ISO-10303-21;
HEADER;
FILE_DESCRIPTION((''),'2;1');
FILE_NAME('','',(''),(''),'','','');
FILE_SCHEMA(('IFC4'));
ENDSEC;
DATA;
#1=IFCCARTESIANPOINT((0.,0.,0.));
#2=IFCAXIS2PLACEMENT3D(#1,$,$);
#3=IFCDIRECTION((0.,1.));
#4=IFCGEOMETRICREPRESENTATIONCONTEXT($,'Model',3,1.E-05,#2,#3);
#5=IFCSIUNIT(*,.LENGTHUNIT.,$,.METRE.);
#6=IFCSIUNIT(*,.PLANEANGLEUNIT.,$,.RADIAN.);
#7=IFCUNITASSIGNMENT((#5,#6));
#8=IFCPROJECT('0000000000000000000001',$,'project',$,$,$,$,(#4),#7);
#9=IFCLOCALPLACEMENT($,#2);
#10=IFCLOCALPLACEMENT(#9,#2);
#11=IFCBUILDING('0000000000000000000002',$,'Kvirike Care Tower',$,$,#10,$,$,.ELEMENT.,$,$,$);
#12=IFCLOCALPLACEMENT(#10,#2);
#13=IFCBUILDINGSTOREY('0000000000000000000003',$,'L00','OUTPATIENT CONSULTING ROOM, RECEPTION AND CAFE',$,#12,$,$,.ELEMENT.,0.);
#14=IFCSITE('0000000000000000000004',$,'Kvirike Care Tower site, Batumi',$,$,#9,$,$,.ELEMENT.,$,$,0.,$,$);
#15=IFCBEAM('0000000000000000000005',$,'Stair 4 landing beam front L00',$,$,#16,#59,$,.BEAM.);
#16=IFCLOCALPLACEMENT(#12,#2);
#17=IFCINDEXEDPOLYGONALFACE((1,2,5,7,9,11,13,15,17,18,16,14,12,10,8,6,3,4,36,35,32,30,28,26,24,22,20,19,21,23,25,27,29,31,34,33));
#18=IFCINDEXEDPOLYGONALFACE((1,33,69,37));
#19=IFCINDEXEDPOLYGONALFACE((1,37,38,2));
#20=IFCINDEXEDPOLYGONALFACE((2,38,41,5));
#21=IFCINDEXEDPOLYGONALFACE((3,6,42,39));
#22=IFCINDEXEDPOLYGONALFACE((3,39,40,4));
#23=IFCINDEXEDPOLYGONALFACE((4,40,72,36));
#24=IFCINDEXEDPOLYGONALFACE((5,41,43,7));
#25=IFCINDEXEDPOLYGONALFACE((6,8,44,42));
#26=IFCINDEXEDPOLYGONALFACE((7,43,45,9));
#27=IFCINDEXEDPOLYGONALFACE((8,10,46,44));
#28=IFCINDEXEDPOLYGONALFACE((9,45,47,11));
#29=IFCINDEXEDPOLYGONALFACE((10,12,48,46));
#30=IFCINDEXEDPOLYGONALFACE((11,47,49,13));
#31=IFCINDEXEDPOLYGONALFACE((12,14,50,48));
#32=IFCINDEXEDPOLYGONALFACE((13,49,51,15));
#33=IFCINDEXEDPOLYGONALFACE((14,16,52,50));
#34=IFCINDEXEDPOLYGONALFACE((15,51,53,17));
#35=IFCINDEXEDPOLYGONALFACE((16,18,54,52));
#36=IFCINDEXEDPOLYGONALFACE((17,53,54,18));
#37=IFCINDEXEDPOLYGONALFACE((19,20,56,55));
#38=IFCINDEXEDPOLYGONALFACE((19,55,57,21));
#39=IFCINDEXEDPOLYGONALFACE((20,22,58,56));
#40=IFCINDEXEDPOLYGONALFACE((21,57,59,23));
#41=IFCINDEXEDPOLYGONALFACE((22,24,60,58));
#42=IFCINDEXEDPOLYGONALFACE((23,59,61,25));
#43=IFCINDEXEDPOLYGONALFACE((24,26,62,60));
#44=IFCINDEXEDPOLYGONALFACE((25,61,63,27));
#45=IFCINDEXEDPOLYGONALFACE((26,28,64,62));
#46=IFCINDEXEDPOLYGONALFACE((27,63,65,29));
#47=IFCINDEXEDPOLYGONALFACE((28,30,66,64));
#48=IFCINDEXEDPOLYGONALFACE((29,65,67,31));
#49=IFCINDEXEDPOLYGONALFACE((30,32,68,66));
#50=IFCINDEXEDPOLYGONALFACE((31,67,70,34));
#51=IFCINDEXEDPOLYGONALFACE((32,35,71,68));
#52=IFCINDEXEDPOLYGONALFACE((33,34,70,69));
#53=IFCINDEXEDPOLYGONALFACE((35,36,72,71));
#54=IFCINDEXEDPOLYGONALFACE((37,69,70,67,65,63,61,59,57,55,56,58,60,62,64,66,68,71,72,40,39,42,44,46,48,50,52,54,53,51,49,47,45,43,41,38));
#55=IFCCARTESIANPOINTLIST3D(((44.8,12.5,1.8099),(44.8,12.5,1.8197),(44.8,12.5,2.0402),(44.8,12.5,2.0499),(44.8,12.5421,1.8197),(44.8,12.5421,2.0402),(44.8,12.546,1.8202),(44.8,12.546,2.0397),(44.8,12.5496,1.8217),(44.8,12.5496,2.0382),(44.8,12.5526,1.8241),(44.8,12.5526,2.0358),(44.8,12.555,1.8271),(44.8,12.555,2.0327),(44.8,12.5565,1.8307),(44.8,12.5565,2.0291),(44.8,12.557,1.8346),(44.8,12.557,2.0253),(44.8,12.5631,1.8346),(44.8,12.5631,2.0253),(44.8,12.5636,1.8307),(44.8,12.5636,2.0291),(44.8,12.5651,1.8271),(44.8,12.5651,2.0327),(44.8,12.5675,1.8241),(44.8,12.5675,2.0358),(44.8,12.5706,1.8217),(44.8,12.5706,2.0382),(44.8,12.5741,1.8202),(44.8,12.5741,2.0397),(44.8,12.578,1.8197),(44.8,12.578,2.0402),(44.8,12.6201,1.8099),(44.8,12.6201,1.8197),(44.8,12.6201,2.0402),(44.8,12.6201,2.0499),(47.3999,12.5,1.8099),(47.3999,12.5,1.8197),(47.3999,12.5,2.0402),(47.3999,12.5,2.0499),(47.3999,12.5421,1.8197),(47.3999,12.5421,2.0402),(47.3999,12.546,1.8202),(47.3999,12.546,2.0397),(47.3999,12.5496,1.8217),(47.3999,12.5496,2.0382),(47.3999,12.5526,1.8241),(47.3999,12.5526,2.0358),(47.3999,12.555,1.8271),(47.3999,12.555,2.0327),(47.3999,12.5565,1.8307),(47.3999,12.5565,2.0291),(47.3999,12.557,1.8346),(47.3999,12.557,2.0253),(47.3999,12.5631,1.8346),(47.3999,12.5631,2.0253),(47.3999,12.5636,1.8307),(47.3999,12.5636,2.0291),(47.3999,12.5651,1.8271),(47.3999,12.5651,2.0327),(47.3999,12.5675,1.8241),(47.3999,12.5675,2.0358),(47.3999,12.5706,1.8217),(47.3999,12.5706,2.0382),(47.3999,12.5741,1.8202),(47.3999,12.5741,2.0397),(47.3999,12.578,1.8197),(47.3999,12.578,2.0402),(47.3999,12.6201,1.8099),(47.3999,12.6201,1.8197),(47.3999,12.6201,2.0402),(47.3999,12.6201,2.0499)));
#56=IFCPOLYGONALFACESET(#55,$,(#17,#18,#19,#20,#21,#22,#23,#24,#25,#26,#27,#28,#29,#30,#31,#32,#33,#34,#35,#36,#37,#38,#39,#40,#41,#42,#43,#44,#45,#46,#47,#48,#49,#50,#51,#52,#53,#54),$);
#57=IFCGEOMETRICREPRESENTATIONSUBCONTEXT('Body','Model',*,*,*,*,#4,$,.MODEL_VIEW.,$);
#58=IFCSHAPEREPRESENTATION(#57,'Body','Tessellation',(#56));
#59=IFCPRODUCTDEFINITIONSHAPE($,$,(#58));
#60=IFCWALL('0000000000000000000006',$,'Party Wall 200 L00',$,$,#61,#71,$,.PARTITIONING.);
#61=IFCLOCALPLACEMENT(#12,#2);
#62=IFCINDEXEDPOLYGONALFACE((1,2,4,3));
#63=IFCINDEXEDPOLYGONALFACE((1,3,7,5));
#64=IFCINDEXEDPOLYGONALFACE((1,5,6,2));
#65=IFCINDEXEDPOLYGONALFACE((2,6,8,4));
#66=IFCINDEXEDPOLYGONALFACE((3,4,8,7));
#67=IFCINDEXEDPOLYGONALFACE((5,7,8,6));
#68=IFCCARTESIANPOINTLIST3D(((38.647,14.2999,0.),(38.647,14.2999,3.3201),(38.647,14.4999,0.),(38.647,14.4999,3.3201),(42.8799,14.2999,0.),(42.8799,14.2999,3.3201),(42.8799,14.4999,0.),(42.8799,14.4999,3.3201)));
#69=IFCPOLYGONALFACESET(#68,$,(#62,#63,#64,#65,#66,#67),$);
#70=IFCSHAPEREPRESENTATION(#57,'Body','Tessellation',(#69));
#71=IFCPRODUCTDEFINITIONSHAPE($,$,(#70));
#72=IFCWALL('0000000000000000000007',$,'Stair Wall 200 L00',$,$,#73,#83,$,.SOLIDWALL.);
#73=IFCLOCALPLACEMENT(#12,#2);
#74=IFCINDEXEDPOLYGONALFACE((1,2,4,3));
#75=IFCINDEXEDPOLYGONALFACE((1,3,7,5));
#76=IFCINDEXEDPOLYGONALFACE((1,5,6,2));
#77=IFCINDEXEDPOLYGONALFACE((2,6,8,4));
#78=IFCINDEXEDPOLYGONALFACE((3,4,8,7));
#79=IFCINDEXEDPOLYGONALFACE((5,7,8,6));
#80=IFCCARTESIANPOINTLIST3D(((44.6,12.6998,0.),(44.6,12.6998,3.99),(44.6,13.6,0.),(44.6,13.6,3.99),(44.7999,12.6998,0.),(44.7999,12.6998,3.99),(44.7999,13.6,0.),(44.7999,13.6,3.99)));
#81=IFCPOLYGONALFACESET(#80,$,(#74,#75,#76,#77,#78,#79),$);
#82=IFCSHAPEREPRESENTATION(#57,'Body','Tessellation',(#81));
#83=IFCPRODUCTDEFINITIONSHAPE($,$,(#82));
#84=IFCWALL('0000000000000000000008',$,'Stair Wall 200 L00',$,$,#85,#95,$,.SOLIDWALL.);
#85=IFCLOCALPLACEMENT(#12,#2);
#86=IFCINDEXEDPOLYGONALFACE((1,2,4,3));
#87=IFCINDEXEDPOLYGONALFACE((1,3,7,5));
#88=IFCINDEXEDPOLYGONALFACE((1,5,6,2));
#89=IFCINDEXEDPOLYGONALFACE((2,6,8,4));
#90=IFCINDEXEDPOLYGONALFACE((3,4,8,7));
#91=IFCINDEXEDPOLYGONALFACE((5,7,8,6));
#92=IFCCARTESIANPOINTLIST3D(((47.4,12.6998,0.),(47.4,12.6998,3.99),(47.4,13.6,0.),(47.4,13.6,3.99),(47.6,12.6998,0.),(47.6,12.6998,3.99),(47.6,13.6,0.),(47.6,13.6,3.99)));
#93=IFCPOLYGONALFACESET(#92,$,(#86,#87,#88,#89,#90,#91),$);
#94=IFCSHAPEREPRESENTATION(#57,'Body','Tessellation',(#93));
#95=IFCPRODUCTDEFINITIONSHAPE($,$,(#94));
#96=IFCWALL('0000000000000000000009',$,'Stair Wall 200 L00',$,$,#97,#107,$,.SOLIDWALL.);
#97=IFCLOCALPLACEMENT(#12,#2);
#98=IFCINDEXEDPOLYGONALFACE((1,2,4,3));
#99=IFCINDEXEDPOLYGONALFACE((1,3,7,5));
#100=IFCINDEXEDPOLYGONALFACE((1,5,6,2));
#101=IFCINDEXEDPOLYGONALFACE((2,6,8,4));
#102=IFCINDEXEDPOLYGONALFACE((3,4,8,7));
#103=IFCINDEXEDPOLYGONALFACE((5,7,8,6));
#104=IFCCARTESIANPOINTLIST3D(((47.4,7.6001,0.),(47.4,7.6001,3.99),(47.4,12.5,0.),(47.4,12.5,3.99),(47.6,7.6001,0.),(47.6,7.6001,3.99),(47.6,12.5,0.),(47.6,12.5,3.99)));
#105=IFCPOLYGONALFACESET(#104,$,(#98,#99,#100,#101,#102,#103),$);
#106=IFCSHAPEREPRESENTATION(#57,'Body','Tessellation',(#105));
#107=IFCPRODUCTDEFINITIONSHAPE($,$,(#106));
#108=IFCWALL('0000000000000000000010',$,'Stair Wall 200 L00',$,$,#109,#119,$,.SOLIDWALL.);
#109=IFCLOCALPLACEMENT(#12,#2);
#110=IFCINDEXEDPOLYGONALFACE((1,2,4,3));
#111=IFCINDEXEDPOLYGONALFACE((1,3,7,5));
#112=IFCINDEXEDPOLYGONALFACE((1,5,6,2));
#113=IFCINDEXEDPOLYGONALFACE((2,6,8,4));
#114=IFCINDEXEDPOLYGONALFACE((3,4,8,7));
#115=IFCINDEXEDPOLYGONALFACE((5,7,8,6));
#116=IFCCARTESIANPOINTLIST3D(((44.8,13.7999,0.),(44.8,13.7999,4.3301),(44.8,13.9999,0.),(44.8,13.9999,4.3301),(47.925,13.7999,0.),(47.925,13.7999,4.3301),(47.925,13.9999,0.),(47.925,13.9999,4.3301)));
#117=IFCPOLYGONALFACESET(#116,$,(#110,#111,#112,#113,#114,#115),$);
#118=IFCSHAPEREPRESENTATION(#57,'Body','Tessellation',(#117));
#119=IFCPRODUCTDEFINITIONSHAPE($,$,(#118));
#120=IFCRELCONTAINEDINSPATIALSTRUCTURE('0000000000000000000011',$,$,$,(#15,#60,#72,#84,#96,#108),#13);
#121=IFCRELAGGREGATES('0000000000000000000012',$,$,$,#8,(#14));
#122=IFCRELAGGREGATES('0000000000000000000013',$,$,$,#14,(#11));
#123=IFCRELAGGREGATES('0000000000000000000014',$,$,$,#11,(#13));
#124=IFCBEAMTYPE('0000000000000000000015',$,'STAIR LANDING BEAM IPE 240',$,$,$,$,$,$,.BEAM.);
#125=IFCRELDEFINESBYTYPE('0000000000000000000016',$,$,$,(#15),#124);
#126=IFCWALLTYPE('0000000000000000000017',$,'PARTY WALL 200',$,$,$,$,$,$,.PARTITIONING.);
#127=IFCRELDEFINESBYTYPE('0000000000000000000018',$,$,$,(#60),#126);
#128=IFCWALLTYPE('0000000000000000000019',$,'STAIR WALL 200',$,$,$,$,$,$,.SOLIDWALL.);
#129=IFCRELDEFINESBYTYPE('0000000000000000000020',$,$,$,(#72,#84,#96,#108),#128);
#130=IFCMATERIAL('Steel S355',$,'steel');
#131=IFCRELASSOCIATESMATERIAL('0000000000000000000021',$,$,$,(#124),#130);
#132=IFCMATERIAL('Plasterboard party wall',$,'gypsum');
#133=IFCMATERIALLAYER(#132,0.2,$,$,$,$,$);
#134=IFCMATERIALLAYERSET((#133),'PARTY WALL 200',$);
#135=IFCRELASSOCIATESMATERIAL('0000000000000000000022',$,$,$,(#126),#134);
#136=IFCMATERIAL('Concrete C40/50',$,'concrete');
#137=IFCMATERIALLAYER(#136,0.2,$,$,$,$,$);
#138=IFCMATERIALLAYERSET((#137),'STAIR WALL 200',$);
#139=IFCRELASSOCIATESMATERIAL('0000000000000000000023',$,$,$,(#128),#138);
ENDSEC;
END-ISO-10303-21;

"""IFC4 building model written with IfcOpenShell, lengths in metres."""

from ifc_helpers import new_model, si_unit, direction, frame, frame_2d, origin, origin_2d, place, context, subcontext, project, spatial, rectangle, i_section, extrude, material, layer, layer_set, material_profile, profile_set, type_object, element, save


model = new_model("IFC4")

# Units and contexts
model_context = context("Model", 3, precision=1e-05, world=origin(), true_north=direction((0.0, 1.0)))
body_context = subcontext(model_context, "Body", "Model", "MODEL_VIEW")
ifc_project = project(units=[si_unit("LENGTHUNIT", "METRE"), si_unit("PLANEANGLEUNIT", "RADIAN")], contexts=[model_context])

# Site, building, storey
site_placement = place(None, origin())
site = spatial("IfcSite", under=ifc_project, at=site_placement, Name="Kvirike Care Tower site, Batumi", CompositionType="ELEMENT", RefElevation=0.0)
building_placement = place(site_placement, origin())
building = spatial("IfcBuilding", under=site, at=building_placement, Name="Kvirike Care Tower", CompositionType="ELEMENT")
storey_placement = place(building_placement, origin())
storey = spatial("IfcBuildingStorey", under=building, at=storey_placement, Name="L00", Description="OUTPATIENT CONSULTING ROOM, RECEPTION AND CAFE", CompositionType="ELEMENT", Elevation=0.0)

# Beam
ifc_material_1 = material(Name="Steel S355", Category="steel")
ifc_material_profile_1 = material_profile(ifc_material_1, i_section(OverallWidth=0.1201, OverallDepth=0.24, WebThickness=0.0061, FlangeThickness=0.0098, FilletRadius=0.0149, at=origin_2d()), Name="IPE 240")
ifc_profile_set_1 = profile_set([ifc_material_profile_1], Name="Steel S355")
beam_type = type_object("IfcBeamType", Name="STAIR LANDING BEAM IPE 240", PredefinedType="BEAM", material=ifc_profile_set_1)
for number, where, z_axis, x_axis, name in (
    (1, (44.8, 12.5601, 1.9299), (1.0, 0.0, 0.0), (0.0, 1.0, 0.0), "Stair 4 landing beam front L00"),
):
    element("IfcBeam", number, at=place(storey_placement, frame(where, z_axis=z_axis, x_axis=x_axis)), inside=storey, type_object=beam_type, Name=name, PredefinedType="BEAM", context=body_context, shape_type="SweptSolid", body=[
        extrude(i_section(OverallWidth=0.1201, OverallDepth=0.24, WebThickness=0.0061, FlangeThickness=0.0098, FilletRadius=0.0149, at=origin_2d()), origin(), (0.0, 0.0, 1.0), 2.5999),
    ])

# Walls
ifc_material_2 = material(Name="Plasterboard party wall", Category="gypsum")
ifc_layer_1 = layer(ifc_material_2, 0.2)
ifc_layer_set_1 = layer_set([ifc_layer_1], Name="PARTY WALL 200")
wall_type_1 = type_object("IfcWallType", Name="PARTY WALL 200", PredefinedType="PARTITIONING", material=ifc_layer_set_1)
wall_1_placement = place(storey_placement, frame((38.647, 14.3999, 0.0), z_axis=(0.0, 0.0, 1.0), x_axis=(1.0, 0.0, 0.0)))
element("IfcWall", 2, at=wall_1_placement, inside=storey, type_object=wall_type_1, Name="Party Wall 200 L00", PredefinedType="PARTITIONING", context=body_context, shape_type="SweptSolid", body=[
    extrude(rectangle(XDim=4.2329, YDim=0.2, at=frame_2d((2.1165, 0.0))), origin(), (0.0, 0.0, 1.0), 3.3201),
])
ifc_material_3 = material(Name="Concrete C40/50", Category="concrete")
ifc_layer_2 = layer(ifc_material_3, 0.2)
ifc_layer_set_2 = layer_set([ifc_layer_2], Name="STAIR WALL 200")
wall_type_2 = type_object("IfcWallType", Name="STAIR WALL 200", PredefinedType="SOLIDWALL", material=ifc_layer_set_2)
for number, where, z_axis, x_axis, name in (
    (3, (44.7, 13.6001, 0.0), (0.0, 0.0, 1.0), (0.0, -1.0, 0.0), "Stair Wall 200 L00"),
    (4, (47.5, 13.6001, 0.0), (0.0, 0.0, 1.0), (0.0, -1.0, 0.0), "Stair Wall 200 L00"),
):
    element("IfcWall", number, at=place(storey_placement, frame(where, z_axis=z_axis, x_axis=x_axis)), inside=storey, type_object=wall_type_2, Name=name, PredefinedType="SOLIDWALL", context=body_context, shape_type="SweptSolid", body=[
        extrude(rectangle(XDim=0.9001, YDim=0.2, at=frame_2d((0.4502, 0.0))), origin(), (0.0, 0.0, 1.0), 3.99),
    ])
wall_2_placement = place(storey_placement, frame((47.5, 12.5, 0.0), z_axis=(0.0, 0.0, 1.0), x_axis=(0.0, -1.0, 0.0)))
element("IfcWall", 5, at=wall_2_placement, inside=storey, type_object=wall_type_2, Name="Stair Wall 200 L00", PredefinedType="SOLIDWALL", context=body_context, shape_type="SweptSolid", body=[
    extrude(rectangle(XDim=4.8999, YDim=0.2, at=frame_2d((2.45, 0.0))), origin(), (0.0, 0.0, 1.0), 3.99),
])
wall_3_placement = place(storey_placement, frame((44.8, 13.8999, 0.0), z_axis=(0.0, 0.0, 1.0), x_axis=(1.0, 0.0, 0.0)))
element("IfcWall", 6, at=wall_3_placement, inside=storey, type_object=wall_type_2, Name="Stair Wall 200 L00", PredefinedType="SOLIDWALL", context=body_context, shape_type="SweptSolid", body=[
    extrude(rectangle(XDim=3.125, YDim=0.2, at=frame_2d((1.5625, 0.0))), origin(), (0.0, 0.0, 1.0), 4.3301),
])

save(model, "model.ifc")
